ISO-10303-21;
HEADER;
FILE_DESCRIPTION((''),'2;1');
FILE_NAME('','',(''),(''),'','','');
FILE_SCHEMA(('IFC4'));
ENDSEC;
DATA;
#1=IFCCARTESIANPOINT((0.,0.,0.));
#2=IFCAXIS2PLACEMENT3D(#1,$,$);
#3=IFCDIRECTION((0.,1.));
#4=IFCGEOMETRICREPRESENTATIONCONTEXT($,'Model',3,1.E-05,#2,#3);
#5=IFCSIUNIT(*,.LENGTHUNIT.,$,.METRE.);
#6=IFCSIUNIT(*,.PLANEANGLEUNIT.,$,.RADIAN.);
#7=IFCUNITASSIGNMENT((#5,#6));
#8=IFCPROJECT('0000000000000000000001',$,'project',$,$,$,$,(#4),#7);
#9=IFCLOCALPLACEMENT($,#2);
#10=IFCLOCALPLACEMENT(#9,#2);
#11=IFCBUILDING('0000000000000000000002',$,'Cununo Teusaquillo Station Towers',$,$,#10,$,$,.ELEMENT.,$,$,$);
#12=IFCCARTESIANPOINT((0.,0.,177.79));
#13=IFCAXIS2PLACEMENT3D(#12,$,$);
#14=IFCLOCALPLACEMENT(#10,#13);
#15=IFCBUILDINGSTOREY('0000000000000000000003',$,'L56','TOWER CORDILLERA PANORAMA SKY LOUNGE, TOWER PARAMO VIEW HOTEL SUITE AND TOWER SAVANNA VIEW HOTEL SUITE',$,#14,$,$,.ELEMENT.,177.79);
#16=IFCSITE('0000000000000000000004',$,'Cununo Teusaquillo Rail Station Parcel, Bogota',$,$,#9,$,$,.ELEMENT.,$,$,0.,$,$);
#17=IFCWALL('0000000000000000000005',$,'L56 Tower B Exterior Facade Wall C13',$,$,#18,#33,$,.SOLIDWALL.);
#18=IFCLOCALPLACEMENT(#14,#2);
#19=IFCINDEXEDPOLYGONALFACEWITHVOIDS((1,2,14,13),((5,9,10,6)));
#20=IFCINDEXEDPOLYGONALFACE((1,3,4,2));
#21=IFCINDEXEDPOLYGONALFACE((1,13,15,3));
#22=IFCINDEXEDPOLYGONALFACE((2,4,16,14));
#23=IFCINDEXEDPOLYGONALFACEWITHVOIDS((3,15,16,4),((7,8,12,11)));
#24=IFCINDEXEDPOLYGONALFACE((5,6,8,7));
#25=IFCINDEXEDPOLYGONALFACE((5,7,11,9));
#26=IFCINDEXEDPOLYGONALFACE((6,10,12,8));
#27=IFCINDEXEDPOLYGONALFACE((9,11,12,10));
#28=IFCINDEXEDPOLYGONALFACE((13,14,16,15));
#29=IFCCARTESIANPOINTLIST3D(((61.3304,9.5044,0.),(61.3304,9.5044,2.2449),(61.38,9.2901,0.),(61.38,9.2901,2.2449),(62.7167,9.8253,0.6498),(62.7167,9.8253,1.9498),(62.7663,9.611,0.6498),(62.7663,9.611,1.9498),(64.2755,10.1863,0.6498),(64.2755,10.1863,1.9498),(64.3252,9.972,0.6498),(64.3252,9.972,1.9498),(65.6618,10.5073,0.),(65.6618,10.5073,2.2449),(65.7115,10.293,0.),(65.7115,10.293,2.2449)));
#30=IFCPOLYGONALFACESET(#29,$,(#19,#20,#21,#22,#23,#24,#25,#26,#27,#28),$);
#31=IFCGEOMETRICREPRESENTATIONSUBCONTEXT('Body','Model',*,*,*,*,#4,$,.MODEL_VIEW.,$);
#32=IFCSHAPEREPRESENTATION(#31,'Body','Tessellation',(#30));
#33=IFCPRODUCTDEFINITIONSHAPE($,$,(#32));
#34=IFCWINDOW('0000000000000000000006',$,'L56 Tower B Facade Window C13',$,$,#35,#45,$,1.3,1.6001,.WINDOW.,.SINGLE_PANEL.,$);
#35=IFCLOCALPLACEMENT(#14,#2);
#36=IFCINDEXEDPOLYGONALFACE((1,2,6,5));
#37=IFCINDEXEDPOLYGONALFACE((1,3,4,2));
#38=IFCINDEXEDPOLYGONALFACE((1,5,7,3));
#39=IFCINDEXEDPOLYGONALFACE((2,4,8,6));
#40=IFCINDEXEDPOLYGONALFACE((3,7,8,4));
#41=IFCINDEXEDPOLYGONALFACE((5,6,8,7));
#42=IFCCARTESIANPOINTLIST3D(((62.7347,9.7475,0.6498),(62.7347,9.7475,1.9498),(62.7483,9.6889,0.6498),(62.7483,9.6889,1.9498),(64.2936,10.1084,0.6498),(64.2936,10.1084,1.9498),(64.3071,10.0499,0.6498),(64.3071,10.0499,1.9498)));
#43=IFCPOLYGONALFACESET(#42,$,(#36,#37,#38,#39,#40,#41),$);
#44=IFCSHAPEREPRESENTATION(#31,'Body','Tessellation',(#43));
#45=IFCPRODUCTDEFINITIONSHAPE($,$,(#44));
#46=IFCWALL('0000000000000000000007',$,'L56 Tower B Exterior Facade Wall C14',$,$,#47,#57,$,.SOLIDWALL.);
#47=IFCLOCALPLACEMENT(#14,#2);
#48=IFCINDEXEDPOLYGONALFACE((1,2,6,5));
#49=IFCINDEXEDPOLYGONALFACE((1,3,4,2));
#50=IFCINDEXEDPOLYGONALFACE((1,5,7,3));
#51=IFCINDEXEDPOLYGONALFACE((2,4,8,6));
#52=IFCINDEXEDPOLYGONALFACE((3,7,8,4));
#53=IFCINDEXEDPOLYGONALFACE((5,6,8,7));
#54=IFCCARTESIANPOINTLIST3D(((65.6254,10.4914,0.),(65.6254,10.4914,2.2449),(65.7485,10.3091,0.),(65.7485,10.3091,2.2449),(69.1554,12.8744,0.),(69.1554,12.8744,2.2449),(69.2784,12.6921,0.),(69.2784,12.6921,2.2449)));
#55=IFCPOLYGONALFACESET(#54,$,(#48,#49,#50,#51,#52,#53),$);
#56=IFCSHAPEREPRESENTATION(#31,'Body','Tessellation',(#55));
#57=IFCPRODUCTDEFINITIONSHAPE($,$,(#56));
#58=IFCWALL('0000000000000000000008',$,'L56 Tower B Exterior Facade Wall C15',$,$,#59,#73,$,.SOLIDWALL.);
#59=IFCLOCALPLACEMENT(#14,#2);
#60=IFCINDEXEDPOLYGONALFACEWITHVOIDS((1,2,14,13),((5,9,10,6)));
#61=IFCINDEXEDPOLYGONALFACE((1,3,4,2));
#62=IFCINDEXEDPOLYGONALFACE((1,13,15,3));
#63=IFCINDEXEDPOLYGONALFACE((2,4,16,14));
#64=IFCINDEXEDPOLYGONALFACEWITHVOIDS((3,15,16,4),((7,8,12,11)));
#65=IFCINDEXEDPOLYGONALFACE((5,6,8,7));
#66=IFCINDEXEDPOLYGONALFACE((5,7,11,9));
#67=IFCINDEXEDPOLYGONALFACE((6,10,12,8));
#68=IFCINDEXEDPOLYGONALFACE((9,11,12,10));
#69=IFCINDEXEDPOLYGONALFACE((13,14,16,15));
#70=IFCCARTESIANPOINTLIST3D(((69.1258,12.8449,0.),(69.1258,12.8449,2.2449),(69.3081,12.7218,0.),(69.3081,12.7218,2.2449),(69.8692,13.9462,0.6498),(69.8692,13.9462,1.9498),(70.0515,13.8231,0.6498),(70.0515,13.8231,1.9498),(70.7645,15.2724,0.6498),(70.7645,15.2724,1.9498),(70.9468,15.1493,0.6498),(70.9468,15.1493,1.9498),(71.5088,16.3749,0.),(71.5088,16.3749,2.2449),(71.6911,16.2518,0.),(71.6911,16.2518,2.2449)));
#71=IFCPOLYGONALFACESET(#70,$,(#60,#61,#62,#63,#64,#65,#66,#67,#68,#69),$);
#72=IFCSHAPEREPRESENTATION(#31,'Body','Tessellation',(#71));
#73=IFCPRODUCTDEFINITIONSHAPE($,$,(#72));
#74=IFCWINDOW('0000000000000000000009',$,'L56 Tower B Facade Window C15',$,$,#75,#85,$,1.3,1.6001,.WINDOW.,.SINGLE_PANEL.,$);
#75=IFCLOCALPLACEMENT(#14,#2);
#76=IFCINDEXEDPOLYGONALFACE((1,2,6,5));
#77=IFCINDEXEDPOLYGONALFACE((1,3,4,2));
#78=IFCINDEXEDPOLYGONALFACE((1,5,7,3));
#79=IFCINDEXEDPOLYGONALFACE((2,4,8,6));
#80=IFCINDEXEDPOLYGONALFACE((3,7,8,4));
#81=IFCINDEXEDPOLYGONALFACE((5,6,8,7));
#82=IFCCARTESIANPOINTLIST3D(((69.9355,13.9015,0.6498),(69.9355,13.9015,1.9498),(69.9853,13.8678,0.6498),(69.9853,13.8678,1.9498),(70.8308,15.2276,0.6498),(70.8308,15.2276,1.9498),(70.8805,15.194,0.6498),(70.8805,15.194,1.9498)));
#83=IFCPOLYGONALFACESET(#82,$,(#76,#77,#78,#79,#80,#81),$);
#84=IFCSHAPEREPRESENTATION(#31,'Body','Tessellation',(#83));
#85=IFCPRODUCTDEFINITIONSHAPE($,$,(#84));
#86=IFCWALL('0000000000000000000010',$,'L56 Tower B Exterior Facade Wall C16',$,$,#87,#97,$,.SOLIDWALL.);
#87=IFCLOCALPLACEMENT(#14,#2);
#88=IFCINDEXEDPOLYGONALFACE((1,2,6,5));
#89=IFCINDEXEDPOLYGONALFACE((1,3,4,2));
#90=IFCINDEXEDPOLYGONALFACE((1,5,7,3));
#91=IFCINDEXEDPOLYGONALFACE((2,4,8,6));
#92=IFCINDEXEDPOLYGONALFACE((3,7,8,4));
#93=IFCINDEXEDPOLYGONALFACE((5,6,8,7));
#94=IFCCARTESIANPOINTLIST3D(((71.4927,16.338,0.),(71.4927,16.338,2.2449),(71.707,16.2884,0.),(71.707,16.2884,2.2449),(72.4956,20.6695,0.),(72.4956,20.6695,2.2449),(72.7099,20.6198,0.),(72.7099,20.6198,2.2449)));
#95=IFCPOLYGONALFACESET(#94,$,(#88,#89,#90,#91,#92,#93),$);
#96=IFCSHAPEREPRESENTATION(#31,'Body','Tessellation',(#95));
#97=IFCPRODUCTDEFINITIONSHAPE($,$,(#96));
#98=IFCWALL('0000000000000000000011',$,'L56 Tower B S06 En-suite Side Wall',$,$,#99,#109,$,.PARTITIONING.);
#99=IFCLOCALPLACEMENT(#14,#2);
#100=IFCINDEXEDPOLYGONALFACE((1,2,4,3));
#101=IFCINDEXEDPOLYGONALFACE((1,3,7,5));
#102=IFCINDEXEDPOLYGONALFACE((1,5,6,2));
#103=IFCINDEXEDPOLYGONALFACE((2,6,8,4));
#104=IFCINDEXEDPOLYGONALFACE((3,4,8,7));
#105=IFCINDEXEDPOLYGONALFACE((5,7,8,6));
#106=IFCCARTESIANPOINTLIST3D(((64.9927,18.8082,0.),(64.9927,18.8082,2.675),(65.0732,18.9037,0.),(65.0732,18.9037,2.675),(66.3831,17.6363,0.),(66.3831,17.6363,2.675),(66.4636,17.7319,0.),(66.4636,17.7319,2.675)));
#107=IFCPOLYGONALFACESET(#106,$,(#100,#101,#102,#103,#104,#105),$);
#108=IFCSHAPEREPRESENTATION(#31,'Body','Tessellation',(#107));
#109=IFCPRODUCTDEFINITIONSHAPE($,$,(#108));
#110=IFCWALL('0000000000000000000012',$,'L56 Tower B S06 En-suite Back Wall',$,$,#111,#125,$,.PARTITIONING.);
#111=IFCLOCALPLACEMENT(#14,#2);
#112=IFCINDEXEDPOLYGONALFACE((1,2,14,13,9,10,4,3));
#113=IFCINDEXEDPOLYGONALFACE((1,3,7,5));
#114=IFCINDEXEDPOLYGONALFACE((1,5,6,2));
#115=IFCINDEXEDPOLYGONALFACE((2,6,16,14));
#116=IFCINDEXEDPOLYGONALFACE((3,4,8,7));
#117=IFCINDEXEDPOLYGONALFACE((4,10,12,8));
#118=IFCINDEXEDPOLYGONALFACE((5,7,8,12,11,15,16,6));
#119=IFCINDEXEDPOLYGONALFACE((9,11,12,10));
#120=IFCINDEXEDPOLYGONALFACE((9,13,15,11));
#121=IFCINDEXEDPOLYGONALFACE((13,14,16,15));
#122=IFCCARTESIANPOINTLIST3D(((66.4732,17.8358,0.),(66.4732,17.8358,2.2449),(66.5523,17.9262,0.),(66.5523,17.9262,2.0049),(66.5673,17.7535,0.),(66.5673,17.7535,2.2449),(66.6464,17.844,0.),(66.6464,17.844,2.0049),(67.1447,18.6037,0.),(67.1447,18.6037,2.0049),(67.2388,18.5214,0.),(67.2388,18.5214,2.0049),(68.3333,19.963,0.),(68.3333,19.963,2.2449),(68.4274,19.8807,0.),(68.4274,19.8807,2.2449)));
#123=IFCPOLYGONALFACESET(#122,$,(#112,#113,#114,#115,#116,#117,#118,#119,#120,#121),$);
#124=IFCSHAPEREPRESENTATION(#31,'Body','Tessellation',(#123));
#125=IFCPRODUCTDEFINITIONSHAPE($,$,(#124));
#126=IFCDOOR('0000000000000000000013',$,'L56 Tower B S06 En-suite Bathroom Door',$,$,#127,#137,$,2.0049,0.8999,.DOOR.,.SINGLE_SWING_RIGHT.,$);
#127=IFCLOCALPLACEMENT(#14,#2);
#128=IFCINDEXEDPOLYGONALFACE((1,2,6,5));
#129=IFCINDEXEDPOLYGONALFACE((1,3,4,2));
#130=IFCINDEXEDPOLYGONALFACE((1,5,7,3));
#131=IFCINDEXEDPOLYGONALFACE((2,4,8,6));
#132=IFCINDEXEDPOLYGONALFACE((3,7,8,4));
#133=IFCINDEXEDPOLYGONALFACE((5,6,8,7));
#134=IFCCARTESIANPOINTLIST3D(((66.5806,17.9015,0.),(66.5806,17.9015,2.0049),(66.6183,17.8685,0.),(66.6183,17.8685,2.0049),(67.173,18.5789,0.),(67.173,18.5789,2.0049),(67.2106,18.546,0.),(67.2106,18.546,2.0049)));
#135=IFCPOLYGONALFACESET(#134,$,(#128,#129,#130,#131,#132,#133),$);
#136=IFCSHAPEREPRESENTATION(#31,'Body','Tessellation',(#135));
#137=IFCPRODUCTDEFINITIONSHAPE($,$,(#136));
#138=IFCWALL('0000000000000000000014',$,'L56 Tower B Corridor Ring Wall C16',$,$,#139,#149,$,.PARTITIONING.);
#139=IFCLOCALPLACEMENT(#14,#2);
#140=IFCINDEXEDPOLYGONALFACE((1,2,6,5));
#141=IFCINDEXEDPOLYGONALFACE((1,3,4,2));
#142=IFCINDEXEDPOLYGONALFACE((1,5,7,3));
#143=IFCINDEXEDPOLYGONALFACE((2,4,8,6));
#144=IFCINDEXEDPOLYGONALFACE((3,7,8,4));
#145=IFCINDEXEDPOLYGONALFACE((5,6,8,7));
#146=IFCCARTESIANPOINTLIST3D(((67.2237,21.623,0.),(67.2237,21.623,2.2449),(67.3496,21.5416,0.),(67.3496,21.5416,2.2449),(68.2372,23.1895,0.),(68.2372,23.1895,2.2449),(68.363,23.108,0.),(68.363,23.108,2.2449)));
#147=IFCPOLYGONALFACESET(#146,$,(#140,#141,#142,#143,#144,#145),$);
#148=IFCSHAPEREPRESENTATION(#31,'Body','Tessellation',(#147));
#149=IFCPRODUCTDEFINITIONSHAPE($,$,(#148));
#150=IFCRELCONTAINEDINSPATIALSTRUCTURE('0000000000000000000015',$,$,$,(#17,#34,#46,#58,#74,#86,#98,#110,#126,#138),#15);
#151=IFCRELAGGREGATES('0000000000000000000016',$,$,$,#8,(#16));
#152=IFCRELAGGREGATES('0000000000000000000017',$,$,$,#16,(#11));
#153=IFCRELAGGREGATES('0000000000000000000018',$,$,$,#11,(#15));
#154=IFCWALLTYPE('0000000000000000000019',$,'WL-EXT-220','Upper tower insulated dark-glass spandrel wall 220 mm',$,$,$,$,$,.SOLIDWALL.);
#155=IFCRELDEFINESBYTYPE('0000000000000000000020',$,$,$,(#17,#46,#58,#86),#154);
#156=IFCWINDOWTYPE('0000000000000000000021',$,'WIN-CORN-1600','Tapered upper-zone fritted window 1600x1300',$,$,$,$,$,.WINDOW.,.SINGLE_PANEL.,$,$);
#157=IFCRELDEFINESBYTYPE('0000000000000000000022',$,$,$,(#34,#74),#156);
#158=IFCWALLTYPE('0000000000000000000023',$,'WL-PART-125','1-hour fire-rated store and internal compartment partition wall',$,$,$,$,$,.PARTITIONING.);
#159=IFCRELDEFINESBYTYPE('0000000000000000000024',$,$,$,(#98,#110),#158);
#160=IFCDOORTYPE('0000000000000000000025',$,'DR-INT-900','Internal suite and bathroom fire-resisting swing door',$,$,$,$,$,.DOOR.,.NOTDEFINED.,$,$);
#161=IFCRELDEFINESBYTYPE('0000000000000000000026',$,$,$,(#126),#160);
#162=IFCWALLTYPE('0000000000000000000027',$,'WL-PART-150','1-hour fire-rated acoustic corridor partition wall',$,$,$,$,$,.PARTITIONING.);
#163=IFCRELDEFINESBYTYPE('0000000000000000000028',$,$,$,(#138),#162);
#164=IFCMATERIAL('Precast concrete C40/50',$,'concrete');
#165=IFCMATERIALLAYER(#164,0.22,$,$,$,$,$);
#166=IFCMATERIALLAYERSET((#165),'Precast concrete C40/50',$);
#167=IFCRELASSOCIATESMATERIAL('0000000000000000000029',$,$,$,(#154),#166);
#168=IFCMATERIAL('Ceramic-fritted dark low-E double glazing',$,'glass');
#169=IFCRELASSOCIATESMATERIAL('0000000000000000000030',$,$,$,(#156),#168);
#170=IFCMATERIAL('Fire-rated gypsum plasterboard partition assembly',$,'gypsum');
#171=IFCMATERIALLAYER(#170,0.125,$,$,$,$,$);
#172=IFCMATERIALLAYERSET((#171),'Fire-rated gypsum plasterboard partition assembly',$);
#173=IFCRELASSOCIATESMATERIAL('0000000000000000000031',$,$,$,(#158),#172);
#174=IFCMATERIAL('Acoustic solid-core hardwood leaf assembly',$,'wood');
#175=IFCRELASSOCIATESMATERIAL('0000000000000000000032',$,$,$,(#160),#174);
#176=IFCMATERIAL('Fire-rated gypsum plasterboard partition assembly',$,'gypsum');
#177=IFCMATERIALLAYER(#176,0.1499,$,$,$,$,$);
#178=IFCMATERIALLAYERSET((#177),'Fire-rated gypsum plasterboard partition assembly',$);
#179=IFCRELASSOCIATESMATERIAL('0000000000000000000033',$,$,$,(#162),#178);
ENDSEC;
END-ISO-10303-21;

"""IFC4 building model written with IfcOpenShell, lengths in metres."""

from ifc_helpers import new_model, si_unit, direction, frame, frame_2d, origin, place, context, subcontext, project, spatial, rectangle, extrude, source, transform, mapped, material, layer, layer_set, type_object, element, fill, save


model = new_model("IFC4")

# Units and contexts
model_context = context("Model", 3, precision=1e-05, world=origin(), true_north=direction((0.0, 1.0)))
body_context = subcontext(model_context, "Body", "Model", "MODEL_VIEW")
ifc_project = project(units=[si_unit("LENGTHUNIT", "METRE"), si_unit("PLANEANGLEUNIT", "RADIAN")], contexts=[model_context])

# Site, building, storey
site_placement = place(None, origin())
site = spatial("IfcSite", under=ifc_project, at=site_placement, Name="Cununo Teusaquillo Rail Station Parcel, Bogota", CompositionType="ELEMENT", RefElevation=0.0)
building_placement = place(site_placement, origin())
building = spatial("IfcBuilding", under=site, at=building_placement, Name="Cununo Teusaquillo Station Towers", CompositionType="ELEMENT")
storey_placement = place(building_placement, frame((0.0, 0.0, 177.79)))
storey = spatial("IfcBuildingStorey", under=building, at=storey_placement, Name="L56", Description="TOWER CORDILLERA PANORAMA SKY LOUNGE, TOWER PARAMO VIEW HOTEL SUITE AND TOWER SAVANNA VIEW HOTEL SUITE", CompositionType="ELEMENT", Elevation=177.79)

# Wall, opening, window
ifc_material_1 = material(Name="Precast concrete C40/50", Category="concrete")
ifc_layer_1 = layer(ifc_material_1, 0.22)
ifc_layer_set_1 = layer_set([ifc_layer_1], Name="Precast concrete C40/50")
wall_type_1 = type_object("IfcWallType", Name="WL-EXT-220", Description="Upper tower insulated dark-glass spandrel wall 220 mm", PredefinedType="SOLIDWALL", material=ifc_layer_set_1)
wall_1_placement = place(storey_placement, frame((65.6868, 10.4001, 0.0), z_axis=(0.0, 0.0, 1.0), x_axis=(-0.974226, -0.225573, 0.0)))
wall_1 = element("IfcWall", 1, at=wall_1_placement, inside=storey, type_object=wall_type_1, Name="L56 Tower B Exterior Facade Wall C13", PredefinedType="SOLIDWALL", context=body_context, shape_type="SweptSolid", body=[
    extrude(rectangle(XDim=4.446, YDim=0.22, at=frame_2d((2.2231, 0.0))), origin(), (0.0, 0.0, 1.0), 2.2449),
])
shared_shape_1 = source(origin(), body_context, "Body", "SweptSolid", [
    extrude(rectangle(XDim=1.6001, YDim=1.3, at=frame_2d((0.8, 0.6499))), frame((0.0, 0.1199, 0.0), z_axis=(0.0, -1.0, 0.0), x_axis=(1.0, 0.0, 0.0)), (0.0, 0.0, 1.0), 0.24),
])
opening_1_placement = place(wall_1_placement, frame((1.4231, 0.0, 0.6499)))
opening_1 = element("IfcOpeningElement", 2, at=opening_1_placement, cuts=wall_1, PredefinedType="OPENING", context=body_context, shape_type="MappedRepresentation", body=[
    mapped(shared_shape_1, transform((0.0, 0.0, 0.0), x_axis=(1.0, 0.0, 0.0), y_axis=(0.0, 1.0, 0.0), z_axis=(0.0, 0.0, 1.0), scale=1.0)),
])
ifc_material_2 = material(Name="Ceramic-fritted dark low-E double glazing", Category="glass")
window_type = type_object("IfcWindowType", Name="WIN-CORN-1600", Description="Tapered upper-zone fritted window 1600x1300", PartitioningType="SINGLE_PANEL", PredefinedType="WINDOW", material=ifc_material_2)
shared_shape_2 = source(origin(), body_context, "Body", "SweptSolid", [
    extrude(rectangle(XDim=1.6001, YDim=1.3, at=frame_2d((0.8, 0.6499))), frame((0.0, 0.03, 0.0), z_axis=(0.0, -1.0, 0.0), x_axis=(1.0, 0.0, 0.0)), (0.0, 0.0, 1.0), 0.0601),
])
window_1_placement = place(opening_1_placement, origin())
window_1 = element("IfcWindow", 3, at=window_1_placement, inside=storey, type_object=window_type, Name="L56 Tower B Facade Window C13", OverallHeight=1.3, OverallWidth=1.6001, PartitioningType="SINGLE_PANEL", PredefinedType="WINDOW", context=body_context, shape_type="MappedRepresentation", body=[
    mapped(shared_shape_2, transform((0.0, 0.0, 0.0), x_axis=(1.0, 0.0, 0.0), y_axis=(0.0, 1.0, 0.0), z_axis=(0.0, 0.0, 1.0), scale=1.0)),
])
fill(opening_1, window_1)

# Wall
wall_2_placement = place(storey_placement, frame((69.2168, 12.7832, 0.0), z_axis=(0.0, 0.0, 1.0), x_axis=(-0.828817, -0.559519, 0.0)))
element("IfcWall", 4, at=wall_2_placement, inside=storey, type_object=wall_type_1, Name="L56 Tower B Exterior Facade Wall C14", PredefinedType="SOLIDWALL", context=body_context, shape_type="SweptSolid", body=[
    extrude(rectangle(XDim=4.259, YDim=0.22, at=frame_2d((2.1294, 0.0))), origin(), (0.0, 0.0, 1.0), 2.2449),
])

# Wall, opening, window
wall_3_placement = place(storey_placement, frame((71.5999, 16.3132, 0.0), z_axis=(0.0, 0.0, 1.0), x_axis=(-0.559519, -0.828817, 0.0)))
wall_3 = element("IfcWall", 5, at=wall_3_placement, inside=storey, type_object=wall_type_1, Name="L56 Tower B Exterior Facade Wall C15", PredefinedType="SOLIDWALL", context=body_context, shape_type="SweptSolid", body=[
    extrude(rectangle(XDim=4.259, YDim=0.22, at=frame_2d((2.1294, 0.0))), origin(), (0.0, 0.0, 1.0), 2.2449),
])
opening_2_placement = place(wall_3_placement, frame((1.3301, 0.0, 0.6499)))
opening_2 = element("IfcOpeningElement", 6, at=opening_2_placement, cuts=wall_3, PredefinedType="OPENING", context=body_context, shape_type="MappedRepresentation", body=[
    mapped(shared_shape_1, transform((0.0, 0.0, 0.0), x_axis=(1.0, 0.0, 0.0), y_axis=(0.0, 1.0, 0.0), z_axis=(0.0, 0.0, 1.0), scale=1.0)),
])
window_2_placement = place(opening_2_placement, origin())
window_2 = element("IfcWindow", 7, at=window_2_placement, inside=storey, type_object=window_type, Name="L56 Tower B Facade Window C15", OverallHeight=1.3, OverallWidth=1.6001, PartitioningType="SINGLE_PANEL", PredefinedType="WINDOW", context=body_context, shape_type="MappedRepresentation", body=[
    mapped(shared_shape_2, transform((0.0, 0.0, 0.0), x_axis=(1.0, 0.0, 0.0), y_axis=(0.0, 1.0, 0.0), z_axis=(0.0, 0.0, 1.0), scale=1.0)),
])
fill(opening_2, window_2)

# Walls
wall_4_placement = place(storey_placement, frame((72.6028, 20.6448, 0.0), z_axis=(0.0, 0.0, 1.0), x_axis=(-0.225573, -0.974226, 0.0)))
element("IfcWall", 8, at=wall_4_placement, inside=storey, type_object=wall_type_1, Name="L56 Tower B Exterior Facade Wall C16", PredefinedType="SOLIDWALL", context=body_context, shape_type="SweptSolid", body=[
    extrude(rectangle(XDim=4.446, YDim=0.22, at=frame_2d((2.2231, 0.0))), origin(), (0.0, 0.0, 1.0), 2.2449),
])
ifc_material_3 = material(Name="Fire-rated gypsum plasterboard partition assembly", Category="gypsum")
ifc_layer_2 = layer(ifc_material_3, 0.125)
ifc_layer_set_2 = layer_set([ifc_layer_2], Name="Fire-rated gypsum plasterboard partition assembly")
wall_type_2 = type_object("IfcWallType", Name="WL-PART-125", Description="1-hour fire-rated store and internal compartment partition wall", PredefinedType="PARTITIONING", material=ifc_layer_set_2)
wall_5_placement = place(storey_placement, frame((65.033, 18.856, 0.0), z_axis=(0.0, 0.0, 1.0), x_axis=(0.764633, -0.644466, 0.0)))
element("IfcWall", 9, at=wall_5_placement, inside=storey, type_object=wall_type_2, Name="L56 Tower B S06 En-suite Side Wall", PredefinedType="PARTITIONING", context=body_context, shape_type="SweptSolid", body=[
    extrude(rectangle(XDim=1.8184, YDim=0.125, at=frame_2d((0.9092, 0.0))), origin(), (0.0, 0.0, 1.0), 2.675),
])

# Wall, opening, door
wall_6_placement = place(storey_placement, frame((66.5203, 17.7947, 0.0), z_axis=(0.0, 0.0, 1.0), x_axis=(0.658266, 0.752785, 0.0)))
wall_6 = element("IfcWall", 10, at=wall_6_placement, inside=storey, type_object=wall_type_2, Name="L56 Tower B S06 En-suite Back Wall", PredefinedType="PARTITIONING", context=body_context, shape_type="SweptSolid", body=[
    extrude(rectangle(XDim=2.8257, YDim=0.125, at=frame_2d((1.4128, 0.0))), origin(), (0.0, 0.0, 1.0), 2.2449),
])
shared_shape_3 = source(origin(), body_context, "Body", "SweptSolid", [
    extrude(rectangle(XDim=0.8999, YDim=2.0049, at=frame_2d((0.45, 1.0024))), frame((0.0, 0.0725, 0.0), z_axis=(0.0, -1.0, 0.0), x_axis=(1.0, 0.0, 0.0)), (0.0, 0.0, 1.0), 0.145),
])
opening_3_placement = place(wall_6_placement, frame((0.1201, 0.0, 0.0)))
opening_3 = element("IfcOpeningElement", 11, at=opening_3_placement, cuts=wall_6, PredefinedType="OPENING", context=body_context, shape_type="MappedRepresentation", body=[
    mapped(shared_shape_3, transform((0.0, 0.0, 0.0), x_axis=(1.0, 0.0, 0.0), y_axis=(0.0, 1.0, 0.0), z_axis=(0.0, 0.0, 1.0), scale=1.0)),
])
ifc_material_4 = material(Name="Acoustic solid-core hardwood leaf assembly", Category="wood")
door_type_1 = type_object("IfcDoorType", Name="DR-INT-900", Description="Internal suite and bathroom fire-resisting swing door", OperationType="NOTDEFINED", PredefinedType="DOOR", material=ifc_material_4)
shared_shape_4 = source(origin(), body_context, "Body", "SweptSolid", [
    extrude(rectangle(XDim=0.8999, YDim=2.0049, at=frame_2d((0.45, 1.0024))), frame((0.0, 0.0249, 0.0), z_axis=(0.0, -1.0, 0.0), x_axis=(1.0, 0.0, 0.0)), (0.0, 0.0, 1.0), 0.05),
])
door_1_placement = place(opening_3_placement, origin())
door_1 = element("IfcDoor", 12, at=door_1_placement, inside=storey, type_object=door_type_1, Name="L56 Tower B S06 En-suite Bathroom Door", OperationType="SINGLE_SWING_RIGHT", OverallHeight=2.0049, OverallWidth=0.8999, PredefinedType="DOOR", context=body_context, shape_type="MappedRepresentation", body=[
    mapped(shared_shape_4, transform((0.0, 0.0, 0.0), x_axis=(1.0, 0.0, 0.0), y_axis=(0.0, 1.0, 0.0), z_axis=(0.0, 0.0, 1.0), scale=1.0)),
])
fill(opening_3, door_1)

# Wall
ifc_material_5 = material(Name="Fire-rated gypsum plasterboard partition assembly", Category="gypsum")
ifc_layer_3 = layer(ifc_material_5, 0.1499)
ifc_layer_set_3 = layer_set([ifc_layer_3], Name="Fire-rated gypsum plasterboard partition assembly")
wall_type_3 = type_object("IfcWallType", Name="WL-PART-150", Description="1-hour fire-rated acoustic corridor partition wall", PredefinedType="PARTITIONING", material=ifc_layer_set_3)
wall_7_placement = place(storey_placement, frame((67.2866, 21.5823, 0.0), z_axis=(0.0, 0.0, 1.0), x_axis=(0.543202, 0.839602, 0.0)))
element("IfcWall", 13, at=wall_7_placement, inside=storey, type_object=wall_type_3, Name="L56 Tower B Corridor Ring Wall C16", PredefinedType="PARTITIONING", context=body_context, shape_type="SweptSolid", body=[
    extrude(rectangle(XDim=1.8657, YDim=0.1499, at=frame_2d((0.9329, 0.0))), origin(), (0.0, 0.0, 1.0), 2.2449),
])

save(model, "model.ifc")
